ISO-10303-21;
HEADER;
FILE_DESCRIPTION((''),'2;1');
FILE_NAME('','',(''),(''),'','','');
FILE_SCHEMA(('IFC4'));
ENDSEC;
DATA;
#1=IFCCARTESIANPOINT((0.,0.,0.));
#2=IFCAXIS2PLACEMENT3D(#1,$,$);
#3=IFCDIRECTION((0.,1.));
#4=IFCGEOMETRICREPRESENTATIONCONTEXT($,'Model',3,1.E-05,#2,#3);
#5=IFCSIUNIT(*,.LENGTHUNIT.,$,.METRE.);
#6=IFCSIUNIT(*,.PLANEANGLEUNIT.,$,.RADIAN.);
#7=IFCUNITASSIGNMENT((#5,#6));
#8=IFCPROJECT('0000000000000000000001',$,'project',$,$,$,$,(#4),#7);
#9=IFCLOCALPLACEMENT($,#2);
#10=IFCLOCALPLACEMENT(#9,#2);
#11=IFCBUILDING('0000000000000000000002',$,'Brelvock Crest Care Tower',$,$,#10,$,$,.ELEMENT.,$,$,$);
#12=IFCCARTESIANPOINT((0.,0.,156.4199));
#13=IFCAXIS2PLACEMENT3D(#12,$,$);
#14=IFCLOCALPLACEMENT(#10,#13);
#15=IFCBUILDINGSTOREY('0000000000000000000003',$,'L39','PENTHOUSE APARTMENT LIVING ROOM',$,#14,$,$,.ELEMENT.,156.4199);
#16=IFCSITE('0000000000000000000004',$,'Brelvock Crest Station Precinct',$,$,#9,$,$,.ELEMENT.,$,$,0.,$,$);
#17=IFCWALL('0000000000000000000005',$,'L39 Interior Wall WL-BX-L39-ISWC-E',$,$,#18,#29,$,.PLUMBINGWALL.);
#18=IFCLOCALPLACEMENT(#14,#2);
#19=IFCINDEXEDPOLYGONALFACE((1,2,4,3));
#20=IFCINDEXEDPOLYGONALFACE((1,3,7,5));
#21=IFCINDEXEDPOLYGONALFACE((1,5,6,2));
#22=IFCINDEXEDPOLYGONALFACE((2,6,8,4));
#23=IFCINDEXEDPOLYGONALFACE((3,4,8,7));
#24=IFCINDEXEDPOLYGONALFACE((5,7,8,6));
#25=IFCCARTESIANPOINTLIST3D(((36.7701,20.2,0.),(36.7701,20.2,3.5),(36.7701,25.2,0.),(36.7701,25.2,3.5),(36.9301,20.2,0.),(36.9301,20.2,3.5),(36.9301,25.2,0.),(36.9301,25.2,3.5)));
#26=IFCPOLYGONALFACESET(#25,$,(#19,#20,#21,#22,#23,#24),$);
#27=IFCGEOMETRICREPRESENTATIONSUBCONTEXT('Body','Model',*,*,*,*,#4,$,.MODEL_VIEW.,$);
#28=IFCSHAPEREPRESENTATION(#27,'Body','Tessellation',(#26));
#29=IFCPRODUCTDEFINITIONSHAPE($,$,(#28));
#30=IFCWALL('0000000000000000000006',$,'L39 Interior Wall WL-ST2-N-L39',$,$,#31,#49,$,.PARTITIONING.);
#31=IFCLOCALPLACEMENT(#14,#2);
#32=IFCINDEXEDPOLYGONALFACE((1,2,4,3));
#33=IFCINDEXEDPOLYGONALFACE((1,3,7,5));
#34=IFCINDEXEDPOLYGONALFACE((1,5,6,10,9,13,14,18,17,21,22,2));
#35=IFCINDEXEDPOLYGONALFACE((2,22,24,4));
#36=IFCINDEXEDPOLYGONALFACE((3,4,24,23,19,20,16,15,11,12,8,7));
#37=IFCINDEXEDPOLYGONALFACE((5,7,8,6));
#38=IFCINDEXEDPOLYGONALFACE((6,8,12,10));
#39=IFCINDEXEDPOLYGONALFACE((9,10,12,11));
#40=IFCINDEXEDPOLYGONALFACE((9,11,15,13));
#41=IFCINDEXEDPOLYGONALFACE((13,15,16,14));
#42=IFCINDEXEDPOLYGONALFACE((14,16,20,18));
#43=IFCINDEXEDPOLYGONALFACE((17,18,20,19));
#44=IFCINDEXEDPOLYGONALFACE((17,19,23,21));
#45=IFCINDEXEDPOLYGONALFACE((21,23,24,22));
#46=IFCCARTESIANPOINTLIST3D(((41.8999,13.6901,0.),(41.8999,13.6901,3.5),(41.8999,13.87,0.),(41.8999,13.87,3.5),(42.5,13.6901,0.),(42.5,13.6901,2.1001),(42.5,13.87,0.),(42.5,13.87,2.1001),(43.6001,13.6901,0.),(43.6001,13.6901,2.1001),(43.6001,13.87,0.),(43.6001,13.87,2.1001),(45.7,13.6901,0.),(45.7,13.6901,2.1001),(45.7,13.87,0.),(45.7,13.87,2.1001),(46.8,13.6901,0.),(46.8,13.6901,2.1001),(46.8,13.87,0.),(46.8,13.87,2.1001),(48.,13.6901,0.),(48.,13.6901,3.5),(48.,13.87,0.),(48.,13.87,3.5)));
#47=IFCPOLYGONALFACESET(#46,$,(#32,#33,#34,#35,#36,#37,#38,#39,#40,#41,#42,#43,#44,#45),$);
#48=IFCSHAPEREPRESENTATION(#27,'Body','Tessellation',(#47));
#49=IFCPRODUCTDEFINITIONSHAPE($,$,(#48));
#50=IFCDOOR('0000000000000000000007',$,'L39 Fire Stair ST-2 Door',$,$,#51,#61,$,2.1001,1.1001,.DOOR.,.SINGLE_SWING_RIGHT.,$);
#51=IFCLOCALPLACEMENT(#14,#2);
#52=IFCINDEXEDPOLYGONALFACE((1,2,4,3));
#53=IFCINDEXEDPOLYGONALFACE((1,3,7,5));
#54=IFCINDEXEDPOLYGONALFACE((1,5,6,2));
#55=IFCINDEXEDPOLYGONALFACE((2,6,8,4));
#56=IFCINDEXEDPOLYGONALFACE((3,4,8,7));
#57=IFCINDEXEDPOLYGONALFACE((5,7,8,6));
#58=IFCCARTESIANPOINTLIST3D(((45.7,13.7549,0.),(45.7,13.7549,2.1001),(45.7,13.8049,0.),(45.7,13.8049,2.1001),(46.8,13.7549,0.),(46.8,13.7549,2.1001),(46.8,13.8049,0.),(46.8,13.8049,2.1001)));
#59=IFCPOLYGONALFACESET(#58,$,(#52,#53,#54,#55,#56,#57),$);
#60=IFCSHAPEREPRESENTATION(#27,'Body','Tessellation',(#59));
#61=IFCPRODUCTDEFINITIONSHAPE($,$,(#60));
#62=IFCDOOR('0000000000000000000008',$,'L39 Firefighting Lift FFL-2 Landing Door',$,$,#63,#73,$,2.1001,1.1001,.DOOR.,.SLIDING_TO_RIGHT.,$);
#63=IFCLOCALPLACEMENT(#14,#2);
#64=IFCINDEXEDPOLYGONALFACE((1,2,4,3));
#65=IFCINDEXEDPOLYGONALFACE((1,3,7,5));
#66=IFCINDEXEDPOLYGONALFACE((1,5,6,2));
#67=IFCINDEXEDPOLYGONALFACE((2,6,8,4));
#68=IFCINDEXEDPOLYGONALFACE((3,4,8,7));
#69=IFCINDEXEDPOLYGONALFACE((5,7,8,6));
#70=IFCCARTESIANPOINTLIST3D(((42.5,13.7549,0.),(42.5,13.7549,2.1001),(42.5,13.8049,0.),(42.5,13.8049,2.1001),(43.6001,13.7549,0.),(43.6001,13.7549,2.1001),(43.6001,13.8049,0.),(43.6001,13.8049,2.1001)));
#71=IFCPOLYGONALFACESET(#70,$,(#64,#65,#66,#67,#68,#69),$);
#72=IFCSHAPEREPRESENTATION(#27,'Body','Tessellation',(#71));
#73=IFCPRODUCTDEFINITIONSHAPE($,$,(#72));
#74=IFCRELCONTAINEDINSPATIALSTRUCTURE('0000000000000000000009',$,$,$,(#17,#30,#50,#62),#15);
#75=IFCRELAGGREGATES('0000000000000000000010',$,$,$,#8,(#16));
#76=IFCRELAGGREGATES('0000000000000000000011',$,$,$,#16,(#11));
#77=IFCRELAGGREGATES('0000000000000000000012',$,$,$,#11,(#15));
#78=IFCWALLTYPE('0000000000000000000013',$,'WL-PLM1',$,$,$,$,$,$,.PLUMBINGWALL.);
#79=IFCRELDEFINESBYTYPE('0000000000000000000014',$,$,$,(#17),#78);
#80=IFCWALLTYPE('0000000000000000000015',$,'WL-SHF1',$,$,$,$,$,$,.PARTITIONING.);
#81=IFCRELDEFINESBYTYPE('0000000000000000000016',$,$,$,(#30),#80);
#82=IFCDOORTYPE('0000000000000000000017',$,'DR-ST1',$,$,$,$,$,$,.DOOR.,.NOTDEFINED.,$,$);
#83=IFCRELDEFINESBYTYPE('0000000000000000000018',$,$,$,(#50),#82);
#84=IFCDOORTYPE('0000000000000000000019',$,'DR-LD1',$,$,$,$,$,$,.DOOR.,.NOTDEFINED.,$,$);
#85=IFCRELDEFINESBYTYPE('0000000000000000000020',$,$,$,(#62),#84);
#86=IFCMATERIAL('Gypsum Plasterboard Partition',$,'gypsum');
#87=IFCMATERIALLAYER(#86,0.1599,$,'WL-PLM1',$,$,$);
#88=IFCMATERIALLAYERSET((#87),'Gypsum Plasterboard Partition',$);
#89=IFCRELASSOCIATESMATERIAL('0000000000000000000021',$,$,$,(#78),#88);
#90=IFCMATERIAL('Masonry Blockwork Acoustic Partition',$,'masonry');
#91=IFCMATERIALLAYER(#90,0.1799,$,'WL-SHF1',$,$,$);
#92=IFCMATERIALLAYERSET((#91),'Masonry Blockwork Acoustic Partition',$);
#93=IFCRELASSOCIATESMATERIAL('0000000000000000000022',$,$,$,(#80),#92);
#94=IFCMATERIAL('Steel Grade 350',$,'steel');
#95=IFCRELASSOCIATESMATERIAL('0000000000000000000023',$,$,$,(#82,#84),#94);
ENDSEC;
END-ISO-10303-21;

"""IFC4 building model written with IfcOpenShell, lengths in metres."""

from ifc_helpers import new_model, si_unit, direction, frame, frame_2d, origin, origin_2d, place, context, subcontext, project, spatial, rectangle, extrude, source, transform, mapped, material, layer, layer_set, type_object, element, fill, save


model = new_model("IFC4")

# Units and contexts
model_context = context("Model", 3, precision=1e-05, world=origin(), true_north=direction((0.0, 1.0)))
body_context = subcontext(model_context, "Body", "Model", "MODEL_VIEW")
ifc_project = project(units=[si_unit("LENGTHUNIT", "METRE"), si_unit("PLANEANGLEUNIT", "RADIAN")], contexts=[model_context])

# Site, building, storey
site_placement = place(None, origin())
site = spatial("IfcSite", under=ifc_project, at=site_placement, Name="Brelvock Crest Station Precinct", CompositionType="ELEMENT", RefElevation=0.0)
building_placement = place(site_placement, origin())
building = spatial("IfcBuilding", under=site, at=building_placement, Name="Brelvock Crest Care Tower", CompositionType="ELEMENT")
storey_placement = place(building_placement, frame((0.0, 0.0, 156.4199)))
storey = spatial("IfcBuildingStorey", under=building, at=storey_placement, Name="L39", Description="PENTHOUSE APARTMENT LIVING ROOM", CompositionType="ELEMENT", Elevation=156.4199)

# Shared definitions
ifc_material_1 = material(Name="Steel Grade 350", Category="steel")

# Shared definitions
ifc_material_2 = material(Name="Masonry Blockwork Acoustic Partition", Category="masonry")

# Shared definitions
ifc_material_3 = material(Name="Gypsum Plasterboard Partition", Category="gypsum")
ifc_layer_1 = layer(ifc_material_3, 0.1599, Name="WL-PLM1")
ifc_layer_set_1 = layer_set([ifc_layer_1], Name="Gypsum Plasterboard Partition")
wall_type_1 = type_object("IfcWallType", Name="WL-PLM1", PredefinedType="PLUMBINGWALL", material=ifc_layer_set_1)

# Wall
wall_1_placement = place(storey_placement, frame((36.8501, 20.2, 0.0), z_axis=(0.0, 0.0, 1.0), x_axis=(0.0, 1.0, 0.0)))
element("IfcWall", 1, at=wall_1_placement, inside=storey, type_object=wall_type_1, Name="L39 Interior Wall WL-BX-L39-ISWC-E", PredefinedType="PLUMBINGWALL", context=body_context, shape_type="SweptSolid", body=[
    extrude(rectangle(XDim=5.0, YDim=0.1599, at=frame_2d((2.5, 0.0))), origin(), (0.0, 0.0, 1.0), 3.5),
])

# Wall, openings, doors
ifc_layer_2 = layer(ifc_material_2, 0.1799, Name="WL-SHF1")
ifc_layer_set_2 = layer_set([ifc_layer_2], Name="Masonry Blockwork Acoustic Partition")
wall_type_2 = type_object("IfcWallType", Name="WL-SHF1", PredefinedType="PARTITIONING", material=ifc_layer_set_2)
wall_2_placement = place(storey_placement, frame((41.8999, 13.78, 0.0), z_axis=(0.0, 0.0, 1.0), x_axis=(1.0, 0.0, 0.0)))
wall_2 = element("IfcWall", 2, at=wall_2_placement, inside=storey, type_object=wall_type_2, Name="L39 Interior Wall WL-ST2-N-L39", PredefinedType="PARTITIONING", context=body_context, shape_type="SweptSolid", body=[
    extrude(rectangle(XDim=6.1001, YDim=0.1799, at=frame_2d((3.05, 0.0))), origin(), (0.0, 0.0, 1.0), 3.5),
])
opening_1_placement = place(wall_2_placement, frame((0.6001, 0.0, 0.0)))
opening_1 = element("IfcOpeningElement", 3, at=opening_1_placement, cuts=wall_2, PredefinedType="OPENING", context=body_context, shape_type="SweptSolid", body=[
    extrude(rectangle(XDim=1.1001, YDim=2.1001, at=origin_2d()), frame((0.55, 0.1001, 1.05), z_axis=(0.0, -1.0, 0.0), x_axis=(1.0, 0.0, 0.0)), (0.0, 0.0, 1.0), 0.2),
])
opening_2_placement = place(wall_2_placement, frame((3.8, 0.0, 0.0)))
opening_2 = element("IfcOpeningElement", 4, at=opening_2_placement, cuts=wall_2, PredefinedType="OPENING", context=body_context, shape_type="SweptSolid", body=[
    extrude(rectangle(XDim=1.1001, YDim=2.1001, at=origin_2d()), frame((0.55, 0.1001, 1.05), z_axis=(0.0, -1.0, 0.0), x_axis=(1.0, 0.0, 0.0)), (0.0, 0.0, 1.0), 0.2),
])
door_type_1 = type_object("IfcDoorType", Name="DR-ST1", OperationType="NOTDEFINED", PredefinedType="DOOR", material=ifc_material_1)
shared_shape_1 = source(origin(), body_context, "Body", "SweptSolid", [
    extrude(rectangle(XDim=1.1001, YDim=2.1001, at=origin_2d()), frame((0.55, 0.0249, 1.05), z_axis=(0.0, -1.0, 0.0), x_axis=(1.0, 0.0, 0.0)), (0.0, 0.0, 1.0), 0.05),
])
door_1_placement = place(opening_2_placement, origin())
door_1 = element("IfcDoor", 5, at=door_1_placement, inside=storey, type_object=door_type_1, Name="L39 Fire Stair ST-2 Door", OperationType="SINGLE_SWING_RIGHT", OverallHeight=2.1001, OverallWidth=1.1001, PredefinedType="DOOR", context=body_context, shape_type="MappedRepresentation", body=[
    mapped(shared_shape_1, transform((0.0, 0.0, 0.0), x_axis=(1.0, 0.0, 0.0), y_axis=(0.0, 1.0, 0.0), z_axis=(0.0, 0.0, 1.0), scale=1.0)),
])
fill(opening_2, door_1)
door_type_2 = type_object("IfcDoorType", Name="DR-LD1", OperationType="NOTDEFINED", PredefinedType="DOOR", material=ifc_material_1)
shared_shape_2 = source(origin(), body_context, "Body", "SweptSolid", [
    extrude(rectangle(XDim=1.1001, YDim=2.1001, at=origin_2d()), frame((0.55, 0.0249, 1.05), z_axis=(0.0, -1.0, 0.0), x_axis=(1.0, 0.0, 0.0)), (0.0, 0.0, 1.0), 0.05),
])
door_2_placement = place(opening_1_placement, origin())
door_2 = element("IfcDoor", 6, at=door_2_placement, inside=storey, type_object=door_type_2, Name="L39 Firefighting Lift FFL-2 Landing Door", OperationType="SLIDING_TO_RIGHT", OverallHeight=2.1001, OverallWidth=1.1001, PredefinedType="DOOR", context=body_context, shape_type="MappedRepresentation", body=[
    mapped(shared_shape_2, transform((0.0, 0.0, 0.0), x_axis=(1.0, 0.0, 0.0), y_axis=(0.0, 1.0, 0.0), z_axis=(0.0, 0.0, 1.0), scale=1.0)),
])
fill(opening_1, door_2)

save(model, "model.ifc")
